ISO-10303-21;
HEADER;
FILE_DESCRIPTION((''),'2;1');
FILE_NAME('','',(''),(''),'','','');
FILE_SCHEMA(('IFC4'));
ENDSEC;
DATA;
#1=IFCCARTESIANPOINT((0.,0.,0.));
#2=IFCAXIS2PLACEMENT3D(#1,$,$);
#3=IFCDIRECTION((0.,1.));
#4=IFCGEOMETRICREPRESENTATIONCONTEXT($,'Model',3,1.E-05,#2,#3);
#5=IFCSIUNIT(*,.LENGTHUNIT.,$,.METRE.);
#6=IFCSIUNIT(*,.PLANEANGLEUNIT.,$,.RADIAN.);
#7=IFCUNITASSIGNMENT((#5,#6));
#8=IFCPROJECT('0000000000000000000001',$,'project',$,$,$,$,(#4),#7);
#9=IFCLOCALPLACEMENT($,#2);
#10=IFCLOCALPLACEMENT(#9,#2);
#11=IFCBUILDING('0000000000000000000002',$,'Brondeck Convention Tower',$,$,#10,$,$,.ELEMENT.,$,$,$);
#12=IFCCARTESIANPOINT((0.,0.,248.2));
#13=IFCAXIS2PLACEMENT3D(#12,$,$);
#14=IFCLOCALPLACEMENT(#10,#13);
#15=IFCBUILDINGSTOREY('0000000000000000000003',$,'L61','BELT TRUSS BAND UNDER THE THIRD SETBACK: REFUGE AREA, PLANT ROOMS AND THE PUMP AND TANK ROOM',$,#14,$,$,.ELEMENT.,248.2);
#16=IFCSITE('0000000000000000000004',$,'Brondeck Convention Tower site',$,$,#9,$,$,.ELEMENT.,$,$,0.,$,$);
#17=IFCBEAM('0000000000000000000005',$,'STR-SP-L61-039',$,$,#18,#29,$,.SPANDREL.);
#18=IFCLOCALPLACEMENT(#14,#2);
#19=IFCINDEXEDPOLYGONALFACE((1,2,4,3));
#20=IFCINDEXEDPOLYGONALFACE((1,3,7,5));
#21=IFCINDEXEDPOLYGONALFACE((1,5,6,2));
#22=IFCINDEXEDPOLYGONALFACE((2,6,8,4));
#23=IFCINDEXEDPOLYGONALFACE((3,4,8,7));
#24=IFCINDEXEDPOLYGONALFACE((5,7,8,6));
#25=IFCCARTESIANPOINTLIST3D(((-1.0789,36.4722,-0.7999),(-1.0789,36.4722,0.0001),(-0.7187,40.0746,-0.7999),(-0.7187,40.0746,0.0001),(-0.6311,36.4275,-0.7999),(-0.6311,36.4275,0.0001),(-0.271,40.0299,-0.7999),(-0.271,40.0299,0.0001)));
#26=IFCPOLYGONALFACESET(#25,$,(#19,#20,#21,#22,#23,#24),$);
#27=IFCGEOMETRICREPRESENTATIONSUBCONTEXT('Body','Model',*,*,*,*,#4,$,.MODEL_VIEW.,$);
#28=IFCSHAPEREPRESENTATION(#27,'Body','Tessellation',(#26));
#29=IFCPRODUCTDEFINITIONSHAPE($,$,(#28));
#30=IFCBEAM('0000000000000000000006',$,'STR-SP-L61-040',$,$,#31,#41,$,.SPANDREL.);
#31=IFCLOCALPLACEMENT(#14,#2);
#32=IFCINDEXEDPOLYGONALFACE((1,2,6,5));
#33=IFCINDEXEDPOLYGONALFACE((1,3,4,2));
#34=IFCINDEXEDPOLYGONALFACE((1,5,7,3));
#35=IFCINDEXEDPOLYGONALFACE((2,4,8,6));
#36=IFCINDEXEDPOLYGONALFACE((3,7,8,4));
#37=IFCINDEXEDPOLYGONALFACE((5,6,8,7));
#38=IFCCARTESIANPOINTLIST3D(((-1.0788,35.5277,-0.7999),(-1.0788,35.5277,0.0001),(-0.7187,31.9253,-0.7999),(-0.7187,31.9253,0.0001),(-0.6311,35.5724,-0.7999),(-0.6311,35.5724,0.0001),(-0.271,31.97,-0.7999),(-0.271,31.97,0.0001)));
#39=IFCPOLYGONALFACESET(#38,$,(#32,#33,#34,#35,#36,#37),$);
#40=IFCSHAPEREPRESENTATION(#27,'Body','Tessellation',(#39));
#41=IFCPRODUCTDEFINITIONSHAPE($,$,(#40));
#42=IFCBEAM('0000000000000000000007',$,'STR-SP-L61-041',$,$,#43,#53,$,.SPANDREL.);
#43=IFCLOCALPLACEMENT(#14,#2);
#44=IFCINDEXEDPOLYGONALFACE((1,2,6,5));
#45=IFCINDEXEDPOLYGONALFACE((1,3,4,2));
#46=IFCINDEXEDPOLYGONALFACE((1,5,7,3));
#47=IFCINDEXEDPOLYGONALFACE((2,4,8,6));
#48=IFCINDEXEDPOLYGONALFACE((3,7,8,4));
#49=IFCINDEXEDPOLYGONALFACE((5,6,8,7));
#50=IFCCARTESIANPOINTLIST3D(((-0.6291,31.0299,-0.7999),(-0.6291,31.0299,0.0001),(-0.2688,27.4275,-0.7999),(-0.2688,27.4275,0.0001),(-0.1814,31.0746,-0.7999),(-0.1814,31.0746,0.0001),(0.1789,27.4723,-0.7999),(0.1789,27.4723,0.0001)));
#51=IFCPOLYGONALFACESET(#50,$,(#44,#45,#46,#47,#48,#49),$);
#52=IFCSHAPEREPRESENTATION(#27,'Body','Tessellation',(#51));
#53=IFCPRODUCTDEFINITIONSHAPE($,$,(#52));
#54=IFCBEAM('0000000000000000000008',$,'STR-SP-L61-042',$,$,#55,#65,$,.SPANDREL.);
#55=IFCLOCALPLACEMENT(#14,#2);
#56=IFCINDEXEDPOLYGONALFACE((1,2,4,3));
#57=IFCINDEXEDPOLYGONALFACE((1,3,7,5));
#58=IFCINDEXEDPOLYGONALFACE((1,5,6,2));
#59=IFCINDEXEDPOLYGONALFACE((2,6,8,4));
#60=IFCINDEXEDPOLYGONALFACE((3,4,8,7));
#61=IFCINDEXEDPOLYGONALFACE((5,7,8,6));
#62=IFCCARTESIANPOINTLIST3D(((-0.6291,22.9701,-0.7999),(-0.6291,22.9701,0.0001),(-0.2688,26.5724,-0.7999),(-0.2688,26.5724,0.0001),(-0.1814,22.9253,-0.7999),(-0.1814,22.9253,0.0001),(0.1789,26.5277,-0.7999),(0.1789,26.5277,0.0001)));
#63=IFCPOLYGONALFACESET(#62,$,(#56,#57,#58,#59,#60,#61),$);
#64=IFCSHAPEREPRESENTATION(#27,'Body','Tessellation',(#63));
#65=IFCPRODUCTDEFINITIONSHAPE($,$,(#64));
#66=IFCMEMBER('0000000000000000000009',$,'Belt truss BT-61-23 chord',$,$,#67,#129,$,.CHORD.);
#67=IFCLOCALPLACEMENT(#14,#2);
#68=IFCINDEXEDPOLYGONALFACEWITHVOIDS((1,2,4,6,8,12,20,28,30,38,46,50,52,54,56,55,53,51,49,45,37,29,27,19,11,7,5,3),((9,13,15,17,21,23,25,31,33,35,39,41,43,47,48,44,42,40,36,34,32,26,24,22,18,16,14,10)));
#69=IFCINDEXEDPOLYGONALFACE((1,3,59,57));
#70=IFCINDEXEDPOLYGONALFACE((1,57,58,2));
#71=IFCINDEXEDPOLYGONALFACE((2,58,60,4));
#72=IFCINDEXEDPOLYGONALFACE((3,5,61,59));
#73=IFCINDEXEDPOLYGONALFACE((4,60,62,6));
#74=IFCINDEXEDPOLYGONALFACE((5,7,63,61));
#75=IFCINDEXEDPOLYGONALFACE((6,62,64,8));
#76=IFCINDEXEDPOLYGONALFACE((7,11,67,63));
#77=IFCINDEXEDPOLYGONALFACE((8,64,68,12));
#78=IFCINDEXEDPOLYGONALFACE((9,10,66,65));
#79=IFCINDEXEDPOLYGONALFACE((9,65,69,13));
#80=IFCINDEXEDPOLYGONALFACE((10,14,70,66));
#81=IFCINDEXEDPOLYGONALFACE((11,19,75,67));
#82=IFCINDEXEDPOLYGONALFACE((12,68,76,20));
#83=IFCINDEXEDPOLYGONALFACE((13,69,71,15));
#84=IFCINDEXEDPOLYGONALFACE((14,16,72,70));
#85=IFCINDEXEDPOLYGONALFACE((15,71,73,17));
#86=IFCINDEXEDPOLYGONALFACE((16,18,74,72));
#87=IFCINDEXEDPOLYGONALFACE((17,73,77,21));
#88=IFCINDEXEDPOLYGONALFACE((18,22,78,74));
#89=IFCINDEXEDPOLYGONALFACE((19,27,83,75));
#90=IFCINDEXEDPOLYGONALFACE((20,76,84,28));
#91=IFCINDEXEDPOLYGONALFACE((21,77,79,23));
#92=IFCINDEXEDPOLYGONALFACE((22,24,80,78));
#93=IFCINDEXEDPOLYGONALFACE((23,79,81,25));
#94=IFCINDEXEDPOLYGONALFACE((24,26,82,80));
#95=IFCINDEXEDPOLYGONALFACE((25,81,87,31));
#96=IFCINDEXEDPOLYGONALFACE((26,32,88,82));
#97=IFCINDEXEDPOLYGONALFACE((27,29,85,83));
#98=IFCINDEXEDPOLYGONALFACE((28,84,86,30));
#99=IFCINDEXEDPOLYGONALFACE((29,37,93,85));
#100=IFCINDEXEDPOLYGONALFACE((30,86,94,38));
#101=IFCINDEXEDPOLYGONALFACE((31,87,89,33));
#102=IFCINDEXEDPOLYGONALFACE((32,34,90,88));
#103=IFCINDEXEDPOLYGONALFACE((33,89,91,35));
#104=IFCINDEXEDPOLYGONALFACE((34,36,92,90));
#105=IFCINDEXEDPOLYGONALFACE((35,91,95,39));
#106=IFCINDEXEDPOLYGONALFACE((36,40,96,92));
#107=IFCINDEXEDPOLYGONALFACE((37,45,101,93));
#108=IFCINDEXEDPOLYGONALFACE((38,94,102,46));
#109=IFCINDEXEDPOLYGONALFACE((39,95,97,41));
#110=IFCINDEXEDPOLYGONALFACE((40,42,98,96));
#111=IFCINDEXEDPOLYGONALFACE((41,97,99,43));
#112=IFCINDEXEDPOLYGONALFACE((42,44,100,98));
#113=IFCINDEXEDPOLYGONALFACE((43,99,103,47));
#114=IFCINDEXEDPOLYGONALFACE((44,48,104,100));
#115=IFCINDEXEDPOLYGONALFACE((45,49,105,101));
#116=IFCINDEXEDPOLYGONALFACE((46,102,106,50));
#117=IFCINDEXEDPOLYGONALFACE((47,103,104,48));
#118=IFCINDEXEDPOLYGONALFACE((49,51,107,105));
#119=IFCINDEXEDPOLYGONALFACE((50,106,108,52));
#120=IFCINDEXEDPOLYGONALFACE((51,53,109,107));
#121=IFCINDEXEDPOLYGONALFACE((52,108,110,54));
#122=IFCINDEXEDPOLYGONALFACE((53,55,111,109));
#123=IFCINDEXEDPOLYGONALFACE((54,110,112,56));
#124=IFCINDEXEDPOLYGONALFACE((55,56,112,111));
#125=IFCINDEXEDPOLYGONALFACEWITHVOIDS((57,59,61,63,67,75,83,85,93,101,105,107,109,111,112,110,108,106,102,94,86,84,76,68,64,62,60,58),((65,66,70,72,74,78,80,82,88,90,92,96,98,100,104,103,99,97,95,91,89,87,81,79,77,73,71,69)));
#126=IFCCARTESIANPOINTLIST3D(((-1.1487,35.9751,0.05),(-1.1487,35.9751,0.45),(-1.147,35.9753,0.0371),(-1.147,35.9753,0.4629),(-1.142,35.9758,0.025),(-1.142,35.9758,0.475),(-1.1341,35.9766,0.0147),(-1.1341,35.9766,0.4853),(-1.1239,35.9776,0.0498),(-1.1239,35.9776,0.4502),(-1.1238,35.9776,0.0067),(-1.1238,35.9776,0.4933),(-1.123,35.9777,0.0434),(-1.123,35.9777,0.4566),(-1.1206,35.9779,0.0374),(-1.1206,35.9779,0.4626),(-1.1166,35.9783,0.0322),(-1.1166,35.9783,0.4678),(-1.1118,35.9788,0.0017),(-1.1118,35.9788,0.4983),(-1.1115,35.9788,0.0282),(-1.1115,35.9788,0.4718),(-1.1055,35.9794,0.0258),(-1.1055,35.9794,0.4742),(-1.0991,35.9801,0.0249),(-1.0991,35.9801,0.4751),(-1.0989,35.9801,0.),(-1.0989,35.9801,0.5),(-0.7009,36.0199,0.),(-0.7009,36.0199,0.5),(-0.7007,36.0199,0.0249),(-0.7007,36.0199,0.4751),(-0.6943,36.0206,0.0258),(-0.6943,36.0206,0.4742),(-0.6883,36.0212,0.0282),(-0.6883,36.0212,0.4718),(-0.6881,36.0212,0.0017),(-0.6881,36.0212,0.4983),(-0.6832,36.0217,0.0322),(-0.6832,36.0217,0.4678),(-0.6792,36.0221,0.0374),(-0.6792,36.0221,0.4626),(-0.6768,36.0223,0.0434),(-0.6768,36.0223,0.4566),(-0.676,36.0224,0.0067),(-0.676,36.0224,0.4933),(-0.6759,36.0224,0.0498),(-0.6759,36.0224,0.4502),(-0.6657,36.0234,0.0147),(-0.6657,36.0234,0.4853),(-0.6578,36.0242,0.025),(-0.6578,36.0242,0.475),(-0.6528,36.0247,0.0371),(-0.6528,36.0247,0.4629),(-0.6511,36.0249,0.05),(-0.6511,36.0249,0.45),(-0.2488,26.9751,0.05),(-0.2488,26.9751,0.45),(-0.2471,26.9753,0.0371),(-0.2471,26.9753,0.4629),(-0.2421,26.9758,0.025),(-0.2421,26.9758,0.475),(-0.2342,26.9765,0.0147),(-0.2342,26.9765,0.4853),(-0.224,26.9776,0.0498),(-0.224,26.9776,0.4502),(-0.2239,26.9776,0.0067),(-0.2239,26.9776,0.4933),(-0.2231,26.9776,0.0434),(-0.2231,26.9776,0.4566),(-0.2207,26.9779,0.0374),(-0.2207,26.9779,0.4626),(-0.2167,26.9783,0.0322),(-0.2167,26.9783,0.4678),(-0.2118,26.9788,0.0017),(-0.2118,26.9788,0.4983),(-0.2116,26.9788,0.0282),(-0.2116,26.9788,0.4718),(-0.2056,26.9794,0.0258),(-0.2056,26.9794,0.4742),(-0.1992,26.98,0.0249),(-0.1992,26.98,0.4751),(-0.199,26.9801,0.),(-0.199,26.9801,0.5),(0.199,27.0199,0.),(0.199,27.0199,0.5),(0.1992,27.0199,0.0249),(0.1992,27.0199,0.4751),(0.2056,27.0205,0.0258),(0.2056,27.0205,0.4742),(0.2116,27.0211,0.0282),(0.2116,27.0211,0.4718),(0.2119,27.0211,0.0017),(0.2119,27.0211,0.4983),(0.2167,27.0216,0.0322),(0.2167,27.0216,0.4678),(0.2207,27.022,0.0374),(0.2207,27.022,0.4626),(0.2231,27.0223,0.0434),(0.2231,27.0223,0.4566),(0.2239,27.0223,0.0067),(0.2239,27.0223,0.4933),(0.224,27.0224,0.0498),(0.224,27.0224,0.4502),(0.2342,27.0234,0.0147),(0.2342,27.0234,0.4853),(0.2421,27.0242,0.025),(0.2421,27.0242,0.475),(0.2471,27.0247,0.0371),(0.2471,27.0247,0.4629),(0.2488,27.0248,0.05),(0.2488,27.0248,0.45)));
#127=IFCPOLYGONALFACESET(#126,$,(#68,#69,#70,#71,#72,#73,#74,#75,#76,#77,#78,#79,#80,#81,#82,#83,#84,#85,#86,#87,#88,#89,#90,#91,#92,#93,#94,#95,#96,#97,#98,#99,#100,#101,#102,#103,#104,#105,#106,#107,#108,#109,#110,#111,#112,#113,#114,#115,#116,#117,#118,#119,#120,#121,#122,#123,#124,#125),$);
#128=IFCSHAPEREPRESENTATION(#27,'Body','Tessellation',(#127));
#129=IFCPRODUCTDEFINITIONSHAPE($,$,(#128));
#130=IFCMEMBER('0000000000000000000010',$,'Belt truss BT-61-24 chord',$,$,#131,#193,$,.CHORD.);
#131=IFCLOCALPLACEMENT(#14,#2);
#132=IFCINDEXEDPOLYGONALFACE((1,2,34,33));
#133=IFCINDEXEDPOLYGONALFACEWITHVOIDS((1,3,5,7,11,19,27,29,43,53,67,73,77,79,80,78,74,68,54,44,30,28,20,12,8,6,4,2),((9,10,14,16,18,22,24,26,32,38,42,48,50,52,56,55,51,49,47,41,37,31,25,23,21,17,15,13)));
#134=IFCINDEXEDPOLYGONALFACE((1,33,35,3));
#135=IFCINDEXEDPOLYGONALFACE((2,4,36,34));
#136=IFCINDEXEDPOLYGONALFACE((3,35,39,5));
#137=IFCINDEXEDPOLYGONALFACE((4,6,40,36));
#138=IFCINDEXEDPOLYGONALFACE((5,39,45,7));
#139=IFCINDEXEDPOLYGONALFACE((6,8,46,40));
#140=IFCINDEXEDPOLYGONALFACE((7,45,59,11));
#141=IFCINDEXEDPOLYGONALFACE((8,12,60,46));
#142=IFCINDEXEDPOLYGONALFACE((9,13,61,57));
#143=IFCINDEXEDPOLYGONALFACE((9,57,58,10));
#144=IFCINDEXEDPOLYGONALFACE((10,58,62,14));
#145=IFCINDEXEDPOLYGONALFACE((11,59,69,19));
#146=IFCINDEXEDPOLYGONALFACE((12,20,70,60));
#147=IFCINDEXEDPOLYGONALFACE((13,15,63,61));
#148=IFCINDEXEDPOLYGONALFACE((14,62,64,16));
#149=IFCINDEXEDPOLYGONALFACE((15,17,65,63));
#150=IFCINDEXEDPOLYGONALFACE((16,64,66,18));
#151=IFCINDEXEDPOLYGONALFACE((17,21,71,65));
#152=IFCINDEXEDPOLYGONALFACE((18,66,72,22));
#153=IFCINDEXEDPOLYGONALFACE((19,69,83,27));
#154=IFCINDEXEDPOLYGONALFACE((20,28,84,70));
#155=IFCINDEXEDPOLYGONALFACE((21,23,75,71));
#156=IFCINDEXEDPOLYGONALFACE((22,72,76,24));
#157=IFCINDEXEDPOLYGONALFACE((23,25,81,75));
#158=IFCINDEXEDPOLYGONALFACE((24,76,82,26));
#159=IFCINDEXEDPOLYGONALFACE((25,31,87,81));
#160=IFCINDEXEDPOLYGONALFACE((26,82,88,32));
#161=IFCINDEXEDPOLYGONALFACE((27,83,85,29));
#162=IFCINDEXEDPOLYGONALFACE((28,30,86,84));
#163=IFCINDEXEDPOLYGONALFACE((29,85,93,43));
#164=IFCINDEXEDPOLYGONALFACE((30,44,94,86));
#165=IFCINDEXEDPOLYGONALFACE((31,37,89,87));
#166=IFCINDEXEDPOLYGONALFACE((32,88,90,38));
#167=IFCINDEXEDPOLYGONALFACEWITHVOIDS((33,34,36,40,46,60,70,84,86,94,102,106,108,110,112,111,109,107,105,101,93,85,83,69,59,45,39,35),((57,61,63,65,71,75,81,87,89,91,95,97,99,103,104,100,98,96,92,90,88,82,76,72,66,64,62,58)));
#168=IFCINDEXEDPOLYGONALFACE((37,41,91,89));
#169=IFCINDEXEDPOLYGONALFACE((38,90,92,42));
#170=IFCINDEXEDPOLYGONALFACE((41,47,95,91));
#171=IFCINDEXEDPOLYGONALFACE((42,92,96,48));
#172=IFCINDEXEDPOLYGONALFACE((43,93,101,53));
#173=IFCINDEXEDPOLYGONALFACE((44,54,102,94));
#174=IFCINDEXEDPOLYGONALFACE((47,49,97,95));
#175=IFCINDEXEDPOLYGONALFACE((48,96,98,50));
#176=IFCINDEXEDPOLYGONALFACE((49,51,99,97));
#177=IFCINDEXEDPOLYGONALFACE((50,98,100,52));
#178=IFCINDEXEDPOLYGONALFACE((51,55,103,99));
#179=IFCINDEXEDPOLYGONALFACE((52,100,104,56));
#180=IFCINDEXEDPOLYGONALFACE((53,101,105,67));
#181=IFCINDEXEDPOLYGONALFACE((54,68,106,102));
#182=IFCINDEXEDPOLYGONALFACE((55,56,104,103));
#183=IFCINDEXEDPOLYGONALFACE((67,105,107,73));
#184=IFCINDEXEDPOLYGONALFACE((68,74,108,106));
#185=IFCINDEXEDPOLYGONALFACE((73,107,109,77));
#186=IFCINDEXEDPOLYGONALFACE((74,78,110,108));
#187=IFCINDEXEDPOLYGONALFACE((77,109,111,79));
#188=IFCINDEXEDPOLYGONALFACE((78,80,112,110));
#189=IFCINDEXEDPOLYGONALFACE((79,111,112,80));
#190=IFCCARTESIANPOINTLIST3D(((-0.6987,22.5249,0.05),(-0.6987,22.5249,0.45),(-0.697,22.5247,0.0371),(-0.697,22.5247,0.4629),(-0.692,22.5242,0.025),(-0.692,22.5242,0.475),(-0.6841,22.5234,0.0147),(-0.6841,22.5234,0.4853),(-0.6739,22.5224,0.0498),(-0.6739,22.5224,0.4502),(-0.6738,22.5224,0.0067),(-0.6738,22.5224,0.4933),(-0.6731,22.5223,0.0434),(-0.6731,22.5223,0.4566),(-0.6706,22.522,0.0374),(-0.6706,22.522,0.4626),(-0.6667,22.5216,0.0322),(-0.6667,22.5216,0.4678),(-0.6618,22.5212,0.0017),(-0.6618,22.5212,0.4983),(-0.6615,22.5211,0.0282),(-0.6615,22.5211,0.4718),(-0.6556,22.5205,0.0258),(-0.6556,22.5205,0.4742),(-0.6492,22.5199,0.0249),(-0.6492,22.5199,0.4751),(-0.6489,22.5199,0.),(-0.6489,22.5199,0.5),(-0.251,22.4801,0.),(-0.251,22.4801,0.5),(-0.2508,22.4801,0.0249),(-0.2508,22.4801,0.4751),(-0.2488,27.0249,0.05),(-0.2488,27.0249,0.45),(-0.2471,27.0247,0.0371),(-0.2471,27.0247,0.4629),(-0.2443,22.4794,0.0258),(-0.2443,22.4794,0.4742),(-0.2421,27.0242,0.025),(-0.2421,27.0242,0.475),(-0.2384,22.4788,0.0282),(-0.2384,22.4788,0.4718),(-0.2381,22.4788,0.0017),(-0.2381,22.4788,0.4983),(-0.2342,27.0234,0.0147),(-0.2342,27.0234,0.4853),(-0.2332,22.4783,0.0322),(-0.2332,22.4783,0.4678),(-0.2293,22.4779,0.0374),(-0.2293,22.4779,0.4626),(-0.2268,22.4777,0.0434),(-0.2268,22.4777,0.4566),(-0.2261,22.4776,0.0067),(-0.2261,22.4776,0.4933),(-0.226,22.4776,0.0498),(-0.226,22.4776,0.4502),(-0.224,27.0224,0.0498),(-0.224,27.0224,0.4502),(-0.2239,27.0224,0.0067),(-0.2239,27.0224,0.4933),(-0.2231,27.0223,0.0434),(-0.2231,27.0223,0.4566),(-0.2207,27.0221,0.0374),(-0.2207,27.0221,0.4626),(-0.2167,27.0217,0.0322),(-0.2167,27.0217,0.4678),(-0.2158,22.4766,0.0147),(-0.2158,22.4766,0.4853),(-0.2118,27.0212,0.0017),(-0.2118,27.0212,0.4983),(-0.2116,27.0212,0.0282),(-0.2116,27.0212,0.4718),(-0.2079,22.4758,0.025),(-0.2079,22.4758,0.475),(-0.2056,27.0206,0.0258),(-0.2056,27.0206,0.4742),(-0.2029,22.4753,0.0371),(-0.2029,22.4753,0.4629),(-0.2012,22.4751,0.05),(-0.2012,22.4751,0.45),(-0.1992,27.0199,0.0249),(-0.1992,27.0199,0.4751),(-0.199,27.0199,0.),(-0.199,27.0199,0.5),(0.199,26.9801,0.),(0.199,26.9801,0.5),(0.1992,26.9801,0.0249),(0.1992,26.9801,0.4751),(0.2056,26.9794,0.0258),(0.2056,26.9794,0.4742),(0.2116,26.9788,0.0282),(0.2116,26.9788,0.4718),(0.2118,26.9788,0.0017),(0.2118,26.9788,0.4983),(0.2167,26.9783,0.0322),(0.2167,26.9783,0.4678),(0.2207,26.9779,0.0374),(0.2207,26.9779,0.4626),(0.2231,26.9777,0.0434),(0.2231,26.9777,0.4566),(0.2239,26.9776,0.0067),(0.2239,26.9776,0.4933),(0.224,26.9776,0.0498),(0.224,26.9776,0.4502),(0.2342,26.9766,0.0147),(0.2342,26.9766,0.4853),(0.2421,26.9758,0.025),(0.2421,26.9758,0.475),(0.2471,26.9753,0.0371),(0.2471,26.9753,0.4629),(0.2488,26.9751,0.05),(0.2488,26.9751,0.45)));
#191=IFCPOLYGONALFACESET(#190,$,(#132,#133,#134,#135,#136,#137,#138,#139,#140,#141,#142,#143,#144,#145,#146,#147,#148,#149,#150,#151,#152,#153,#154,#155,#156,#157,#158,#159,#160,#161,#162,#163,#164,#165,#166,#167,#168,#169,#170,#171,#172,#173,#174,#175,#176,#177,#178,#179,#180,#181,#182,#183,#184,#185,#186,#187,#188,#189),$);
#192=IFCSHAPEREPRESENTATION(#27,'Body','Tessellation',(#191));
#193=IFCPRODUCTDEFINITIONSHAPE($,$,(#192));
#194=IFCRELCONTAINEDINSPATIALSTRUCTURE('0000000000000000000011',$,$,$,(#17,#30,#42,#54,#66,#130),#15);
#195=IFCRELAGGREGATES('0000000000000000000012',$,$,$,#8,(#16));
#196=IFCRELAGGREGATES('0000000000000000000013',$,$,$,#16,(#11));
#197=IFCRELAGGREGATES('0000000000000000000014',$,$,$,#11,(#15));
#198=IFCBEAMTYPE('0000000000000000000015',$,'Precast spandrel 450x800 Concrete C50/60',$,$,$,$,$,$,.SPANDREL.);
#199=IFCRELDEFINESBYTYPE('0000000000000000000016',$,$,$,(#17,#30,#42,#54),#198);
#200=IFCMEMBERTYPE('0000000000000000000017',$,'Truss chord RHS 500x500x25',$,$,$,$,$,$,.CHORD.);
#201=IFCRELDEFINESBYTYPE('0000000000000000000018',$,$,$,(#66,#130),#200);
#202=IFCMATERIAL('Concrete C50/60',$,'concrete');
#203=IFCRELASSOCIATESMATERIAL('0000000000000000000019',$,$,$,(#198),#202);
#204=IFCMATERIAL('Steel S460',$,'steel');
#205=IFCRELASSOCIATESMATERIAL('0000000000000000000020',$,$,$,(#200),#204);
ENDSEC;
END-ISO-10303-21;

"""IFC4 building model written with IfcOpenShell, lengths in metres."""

from ifc_helpers import new_model, si_unit, direction, frame, origin, origin_2d, place, context, subcontext, project, spatial, rectangle, hollow_rectangle, extrude, material, material_profile, profile_set, type_object, element, save


model = new_model("IFC4")

# Units and contexts
model_context = context("Model", 3, precision=1e-05, world=origin(), true_north=direction((0.0, 1.0)))
body_context = subcontext(model_context, "Body", "Model", "MODEL_VIEW")
ifc_project = project(units=[si_unit("LENGTHUNIT", "METRE"), si_unit("PLANEANGLEUNIT", "RADIAN")], contexts=[model_context])

# Site, building, storey
site_placement = place(None, origin())
site = spatial("IfcSite", under=ifc_project, at=site_placement, Name="Brondeck Convention Tower site", CompositionType="ELEMENT", RefElevation=0.0)
building_placement = place(site_placement, origin())
building = spatial("IfcBuilding", under=site, at=building_placement, Name="Brondeck Convention Tower", CompositionType="ELEMENT")
storey_placement = place(building_placement, frame((0.0, 0.0, 248.2)))
storey = spatial("IfcBuildingStorey", under=building, at=storey_placement, Name="L61", Description="BELT TRUSS BAND UNDER THE THIRD SETBACK: REFUGE AREA, PLANT ROOMS AND THE PUMP AND TANK ROOM", CompositionType="ELEMENT", Elevation=248.2)

# Shared definitions
ifc_material_1 = material(Name="Concrete C50/60", Category="concrete")

# Shared definitions
ifc_material_2 = material(Name="Steel S460", Category="steel")

# Beams
ifc_material_profile_1 = material_profile(ifc_material_1, rectangle(XDim=0.45, YDim=0.8, at=origin_2d()), Name="Precast spandrel 450x800 Concrete C50/60")
ifc_profile_set_1 = profile_set([ifc_material_profile_1], Name="Concrete C50/60")
beam_type_1 = type_object("IfcBeamType", Name="Precast spandrel 450x800 Concrete C50/60", PredefinedType="SPANDREL", material=ifc_profile_set_1)
for number, where, z_axis, x_axis, name in (
    (1, (-0.4949, 40.0522, -0.3999), (-0.09947, -0.995041, 0.0), (0.995041, -0.09947, 0.0), "STR-SP-L61-039"),
    (2, (-0.855, 35.55, -0.3999), (0.09947, -0.995041, 0.0), (0.995041, 0.09947, 0.0), "STR-SP-L61-040"),
    (3, (-0.4053, 31.0522, -0.3999), (0.099537, -0.995034, 0.0), (0.995034, 0.099537, 0.0), "STR-SP-L61-041"),
    (4, (-0.0449, 26.55, -0.3999), (-0.099537, -0.995034, 0.0), (0.995034, -0.099537, 0.0), "STR-SP-L61-042"),
):
    element("IfcBeam", number, at=place(storey_placement, frame(where, z_axis=z_axis, x_axis=x_axis)), inside=storey, type_object=beam_type_1, Name=name, PredefinedType="SPANDREL", context=body_context, shape_type="SweptSolid", body=[
        extrude(rectangle(XDim=0.45, YDim=0.8, at=origin_2d()), origin(), (0.0, 0.0, 1.0), 3.6204),
    ])

# Members
ifc_material_profile_2 = material_profile(ifc_material_2, hollow_rectangle(XDim=0.5, YDim=0.5, WallThickness=0.0249, InnerFilletRadius=0.0249, OuterFilletRadius=0.05, at=origin_2d()), Name="RHS 500x500x25")
ifc_profile_set_2 = profile_set([ifc_material_profile_2], Name="Steel S460")
member_type_1 = type_object("IfcMemberType", Name="Truss chord RHS 500x500x25", PredefinedType="CHORD", material=ifc_profile_set_2)
member_1_placement = place(storey_placement, frame((-0.8999, 36.0, 0.25), z_axis=(0.099493, -0.995038, 0.0), x_axis=(0.995038, 0.099493, 0.0)))
element("IfcMember", 5, at=member_1_placement, inside=storey, type_object=member_type_1, Name="Belt truss BT-61-23 chord", PredefinedType="CHORD", context=body_context, shape_type="SweptSolid", body=[
    extrude(hollow_rectangle(XDim=0.5, YDim=0.5, WallThickness=0.0249, InnerFilletRadius=0.0249, OuterFilletRadius=0.05, at=origin_2d()), origin(), (0.0, 0.0, 1.0), 9.0449),
])
member_2_placement = place(storey_placement, frame((0.0, 27.0, 0.25), z_axis=(-0.099493, -0.995038, 0.0), x_axis=(0.995038, -0.099493, 0.0)))
element("IfcMember", 6, at=member_2_placement, inside=storey, type_object=member_type_1, Name="Belt truss BT-61-24 chord", PredefinedType="CHORD", context=body_context, shape_type="SweptSolid", body=[
    extrude(hollow_rectangle(XDim=0.5, YDim=0.5, WallThickness=0.0249, InnerFilletRadius=0.0249, OuterFilletRadius=0.05, at=origin_2d()), origin(), (0.0, 0.0, 1.0), 4.5225),
])

save(model, "model.ifc")
